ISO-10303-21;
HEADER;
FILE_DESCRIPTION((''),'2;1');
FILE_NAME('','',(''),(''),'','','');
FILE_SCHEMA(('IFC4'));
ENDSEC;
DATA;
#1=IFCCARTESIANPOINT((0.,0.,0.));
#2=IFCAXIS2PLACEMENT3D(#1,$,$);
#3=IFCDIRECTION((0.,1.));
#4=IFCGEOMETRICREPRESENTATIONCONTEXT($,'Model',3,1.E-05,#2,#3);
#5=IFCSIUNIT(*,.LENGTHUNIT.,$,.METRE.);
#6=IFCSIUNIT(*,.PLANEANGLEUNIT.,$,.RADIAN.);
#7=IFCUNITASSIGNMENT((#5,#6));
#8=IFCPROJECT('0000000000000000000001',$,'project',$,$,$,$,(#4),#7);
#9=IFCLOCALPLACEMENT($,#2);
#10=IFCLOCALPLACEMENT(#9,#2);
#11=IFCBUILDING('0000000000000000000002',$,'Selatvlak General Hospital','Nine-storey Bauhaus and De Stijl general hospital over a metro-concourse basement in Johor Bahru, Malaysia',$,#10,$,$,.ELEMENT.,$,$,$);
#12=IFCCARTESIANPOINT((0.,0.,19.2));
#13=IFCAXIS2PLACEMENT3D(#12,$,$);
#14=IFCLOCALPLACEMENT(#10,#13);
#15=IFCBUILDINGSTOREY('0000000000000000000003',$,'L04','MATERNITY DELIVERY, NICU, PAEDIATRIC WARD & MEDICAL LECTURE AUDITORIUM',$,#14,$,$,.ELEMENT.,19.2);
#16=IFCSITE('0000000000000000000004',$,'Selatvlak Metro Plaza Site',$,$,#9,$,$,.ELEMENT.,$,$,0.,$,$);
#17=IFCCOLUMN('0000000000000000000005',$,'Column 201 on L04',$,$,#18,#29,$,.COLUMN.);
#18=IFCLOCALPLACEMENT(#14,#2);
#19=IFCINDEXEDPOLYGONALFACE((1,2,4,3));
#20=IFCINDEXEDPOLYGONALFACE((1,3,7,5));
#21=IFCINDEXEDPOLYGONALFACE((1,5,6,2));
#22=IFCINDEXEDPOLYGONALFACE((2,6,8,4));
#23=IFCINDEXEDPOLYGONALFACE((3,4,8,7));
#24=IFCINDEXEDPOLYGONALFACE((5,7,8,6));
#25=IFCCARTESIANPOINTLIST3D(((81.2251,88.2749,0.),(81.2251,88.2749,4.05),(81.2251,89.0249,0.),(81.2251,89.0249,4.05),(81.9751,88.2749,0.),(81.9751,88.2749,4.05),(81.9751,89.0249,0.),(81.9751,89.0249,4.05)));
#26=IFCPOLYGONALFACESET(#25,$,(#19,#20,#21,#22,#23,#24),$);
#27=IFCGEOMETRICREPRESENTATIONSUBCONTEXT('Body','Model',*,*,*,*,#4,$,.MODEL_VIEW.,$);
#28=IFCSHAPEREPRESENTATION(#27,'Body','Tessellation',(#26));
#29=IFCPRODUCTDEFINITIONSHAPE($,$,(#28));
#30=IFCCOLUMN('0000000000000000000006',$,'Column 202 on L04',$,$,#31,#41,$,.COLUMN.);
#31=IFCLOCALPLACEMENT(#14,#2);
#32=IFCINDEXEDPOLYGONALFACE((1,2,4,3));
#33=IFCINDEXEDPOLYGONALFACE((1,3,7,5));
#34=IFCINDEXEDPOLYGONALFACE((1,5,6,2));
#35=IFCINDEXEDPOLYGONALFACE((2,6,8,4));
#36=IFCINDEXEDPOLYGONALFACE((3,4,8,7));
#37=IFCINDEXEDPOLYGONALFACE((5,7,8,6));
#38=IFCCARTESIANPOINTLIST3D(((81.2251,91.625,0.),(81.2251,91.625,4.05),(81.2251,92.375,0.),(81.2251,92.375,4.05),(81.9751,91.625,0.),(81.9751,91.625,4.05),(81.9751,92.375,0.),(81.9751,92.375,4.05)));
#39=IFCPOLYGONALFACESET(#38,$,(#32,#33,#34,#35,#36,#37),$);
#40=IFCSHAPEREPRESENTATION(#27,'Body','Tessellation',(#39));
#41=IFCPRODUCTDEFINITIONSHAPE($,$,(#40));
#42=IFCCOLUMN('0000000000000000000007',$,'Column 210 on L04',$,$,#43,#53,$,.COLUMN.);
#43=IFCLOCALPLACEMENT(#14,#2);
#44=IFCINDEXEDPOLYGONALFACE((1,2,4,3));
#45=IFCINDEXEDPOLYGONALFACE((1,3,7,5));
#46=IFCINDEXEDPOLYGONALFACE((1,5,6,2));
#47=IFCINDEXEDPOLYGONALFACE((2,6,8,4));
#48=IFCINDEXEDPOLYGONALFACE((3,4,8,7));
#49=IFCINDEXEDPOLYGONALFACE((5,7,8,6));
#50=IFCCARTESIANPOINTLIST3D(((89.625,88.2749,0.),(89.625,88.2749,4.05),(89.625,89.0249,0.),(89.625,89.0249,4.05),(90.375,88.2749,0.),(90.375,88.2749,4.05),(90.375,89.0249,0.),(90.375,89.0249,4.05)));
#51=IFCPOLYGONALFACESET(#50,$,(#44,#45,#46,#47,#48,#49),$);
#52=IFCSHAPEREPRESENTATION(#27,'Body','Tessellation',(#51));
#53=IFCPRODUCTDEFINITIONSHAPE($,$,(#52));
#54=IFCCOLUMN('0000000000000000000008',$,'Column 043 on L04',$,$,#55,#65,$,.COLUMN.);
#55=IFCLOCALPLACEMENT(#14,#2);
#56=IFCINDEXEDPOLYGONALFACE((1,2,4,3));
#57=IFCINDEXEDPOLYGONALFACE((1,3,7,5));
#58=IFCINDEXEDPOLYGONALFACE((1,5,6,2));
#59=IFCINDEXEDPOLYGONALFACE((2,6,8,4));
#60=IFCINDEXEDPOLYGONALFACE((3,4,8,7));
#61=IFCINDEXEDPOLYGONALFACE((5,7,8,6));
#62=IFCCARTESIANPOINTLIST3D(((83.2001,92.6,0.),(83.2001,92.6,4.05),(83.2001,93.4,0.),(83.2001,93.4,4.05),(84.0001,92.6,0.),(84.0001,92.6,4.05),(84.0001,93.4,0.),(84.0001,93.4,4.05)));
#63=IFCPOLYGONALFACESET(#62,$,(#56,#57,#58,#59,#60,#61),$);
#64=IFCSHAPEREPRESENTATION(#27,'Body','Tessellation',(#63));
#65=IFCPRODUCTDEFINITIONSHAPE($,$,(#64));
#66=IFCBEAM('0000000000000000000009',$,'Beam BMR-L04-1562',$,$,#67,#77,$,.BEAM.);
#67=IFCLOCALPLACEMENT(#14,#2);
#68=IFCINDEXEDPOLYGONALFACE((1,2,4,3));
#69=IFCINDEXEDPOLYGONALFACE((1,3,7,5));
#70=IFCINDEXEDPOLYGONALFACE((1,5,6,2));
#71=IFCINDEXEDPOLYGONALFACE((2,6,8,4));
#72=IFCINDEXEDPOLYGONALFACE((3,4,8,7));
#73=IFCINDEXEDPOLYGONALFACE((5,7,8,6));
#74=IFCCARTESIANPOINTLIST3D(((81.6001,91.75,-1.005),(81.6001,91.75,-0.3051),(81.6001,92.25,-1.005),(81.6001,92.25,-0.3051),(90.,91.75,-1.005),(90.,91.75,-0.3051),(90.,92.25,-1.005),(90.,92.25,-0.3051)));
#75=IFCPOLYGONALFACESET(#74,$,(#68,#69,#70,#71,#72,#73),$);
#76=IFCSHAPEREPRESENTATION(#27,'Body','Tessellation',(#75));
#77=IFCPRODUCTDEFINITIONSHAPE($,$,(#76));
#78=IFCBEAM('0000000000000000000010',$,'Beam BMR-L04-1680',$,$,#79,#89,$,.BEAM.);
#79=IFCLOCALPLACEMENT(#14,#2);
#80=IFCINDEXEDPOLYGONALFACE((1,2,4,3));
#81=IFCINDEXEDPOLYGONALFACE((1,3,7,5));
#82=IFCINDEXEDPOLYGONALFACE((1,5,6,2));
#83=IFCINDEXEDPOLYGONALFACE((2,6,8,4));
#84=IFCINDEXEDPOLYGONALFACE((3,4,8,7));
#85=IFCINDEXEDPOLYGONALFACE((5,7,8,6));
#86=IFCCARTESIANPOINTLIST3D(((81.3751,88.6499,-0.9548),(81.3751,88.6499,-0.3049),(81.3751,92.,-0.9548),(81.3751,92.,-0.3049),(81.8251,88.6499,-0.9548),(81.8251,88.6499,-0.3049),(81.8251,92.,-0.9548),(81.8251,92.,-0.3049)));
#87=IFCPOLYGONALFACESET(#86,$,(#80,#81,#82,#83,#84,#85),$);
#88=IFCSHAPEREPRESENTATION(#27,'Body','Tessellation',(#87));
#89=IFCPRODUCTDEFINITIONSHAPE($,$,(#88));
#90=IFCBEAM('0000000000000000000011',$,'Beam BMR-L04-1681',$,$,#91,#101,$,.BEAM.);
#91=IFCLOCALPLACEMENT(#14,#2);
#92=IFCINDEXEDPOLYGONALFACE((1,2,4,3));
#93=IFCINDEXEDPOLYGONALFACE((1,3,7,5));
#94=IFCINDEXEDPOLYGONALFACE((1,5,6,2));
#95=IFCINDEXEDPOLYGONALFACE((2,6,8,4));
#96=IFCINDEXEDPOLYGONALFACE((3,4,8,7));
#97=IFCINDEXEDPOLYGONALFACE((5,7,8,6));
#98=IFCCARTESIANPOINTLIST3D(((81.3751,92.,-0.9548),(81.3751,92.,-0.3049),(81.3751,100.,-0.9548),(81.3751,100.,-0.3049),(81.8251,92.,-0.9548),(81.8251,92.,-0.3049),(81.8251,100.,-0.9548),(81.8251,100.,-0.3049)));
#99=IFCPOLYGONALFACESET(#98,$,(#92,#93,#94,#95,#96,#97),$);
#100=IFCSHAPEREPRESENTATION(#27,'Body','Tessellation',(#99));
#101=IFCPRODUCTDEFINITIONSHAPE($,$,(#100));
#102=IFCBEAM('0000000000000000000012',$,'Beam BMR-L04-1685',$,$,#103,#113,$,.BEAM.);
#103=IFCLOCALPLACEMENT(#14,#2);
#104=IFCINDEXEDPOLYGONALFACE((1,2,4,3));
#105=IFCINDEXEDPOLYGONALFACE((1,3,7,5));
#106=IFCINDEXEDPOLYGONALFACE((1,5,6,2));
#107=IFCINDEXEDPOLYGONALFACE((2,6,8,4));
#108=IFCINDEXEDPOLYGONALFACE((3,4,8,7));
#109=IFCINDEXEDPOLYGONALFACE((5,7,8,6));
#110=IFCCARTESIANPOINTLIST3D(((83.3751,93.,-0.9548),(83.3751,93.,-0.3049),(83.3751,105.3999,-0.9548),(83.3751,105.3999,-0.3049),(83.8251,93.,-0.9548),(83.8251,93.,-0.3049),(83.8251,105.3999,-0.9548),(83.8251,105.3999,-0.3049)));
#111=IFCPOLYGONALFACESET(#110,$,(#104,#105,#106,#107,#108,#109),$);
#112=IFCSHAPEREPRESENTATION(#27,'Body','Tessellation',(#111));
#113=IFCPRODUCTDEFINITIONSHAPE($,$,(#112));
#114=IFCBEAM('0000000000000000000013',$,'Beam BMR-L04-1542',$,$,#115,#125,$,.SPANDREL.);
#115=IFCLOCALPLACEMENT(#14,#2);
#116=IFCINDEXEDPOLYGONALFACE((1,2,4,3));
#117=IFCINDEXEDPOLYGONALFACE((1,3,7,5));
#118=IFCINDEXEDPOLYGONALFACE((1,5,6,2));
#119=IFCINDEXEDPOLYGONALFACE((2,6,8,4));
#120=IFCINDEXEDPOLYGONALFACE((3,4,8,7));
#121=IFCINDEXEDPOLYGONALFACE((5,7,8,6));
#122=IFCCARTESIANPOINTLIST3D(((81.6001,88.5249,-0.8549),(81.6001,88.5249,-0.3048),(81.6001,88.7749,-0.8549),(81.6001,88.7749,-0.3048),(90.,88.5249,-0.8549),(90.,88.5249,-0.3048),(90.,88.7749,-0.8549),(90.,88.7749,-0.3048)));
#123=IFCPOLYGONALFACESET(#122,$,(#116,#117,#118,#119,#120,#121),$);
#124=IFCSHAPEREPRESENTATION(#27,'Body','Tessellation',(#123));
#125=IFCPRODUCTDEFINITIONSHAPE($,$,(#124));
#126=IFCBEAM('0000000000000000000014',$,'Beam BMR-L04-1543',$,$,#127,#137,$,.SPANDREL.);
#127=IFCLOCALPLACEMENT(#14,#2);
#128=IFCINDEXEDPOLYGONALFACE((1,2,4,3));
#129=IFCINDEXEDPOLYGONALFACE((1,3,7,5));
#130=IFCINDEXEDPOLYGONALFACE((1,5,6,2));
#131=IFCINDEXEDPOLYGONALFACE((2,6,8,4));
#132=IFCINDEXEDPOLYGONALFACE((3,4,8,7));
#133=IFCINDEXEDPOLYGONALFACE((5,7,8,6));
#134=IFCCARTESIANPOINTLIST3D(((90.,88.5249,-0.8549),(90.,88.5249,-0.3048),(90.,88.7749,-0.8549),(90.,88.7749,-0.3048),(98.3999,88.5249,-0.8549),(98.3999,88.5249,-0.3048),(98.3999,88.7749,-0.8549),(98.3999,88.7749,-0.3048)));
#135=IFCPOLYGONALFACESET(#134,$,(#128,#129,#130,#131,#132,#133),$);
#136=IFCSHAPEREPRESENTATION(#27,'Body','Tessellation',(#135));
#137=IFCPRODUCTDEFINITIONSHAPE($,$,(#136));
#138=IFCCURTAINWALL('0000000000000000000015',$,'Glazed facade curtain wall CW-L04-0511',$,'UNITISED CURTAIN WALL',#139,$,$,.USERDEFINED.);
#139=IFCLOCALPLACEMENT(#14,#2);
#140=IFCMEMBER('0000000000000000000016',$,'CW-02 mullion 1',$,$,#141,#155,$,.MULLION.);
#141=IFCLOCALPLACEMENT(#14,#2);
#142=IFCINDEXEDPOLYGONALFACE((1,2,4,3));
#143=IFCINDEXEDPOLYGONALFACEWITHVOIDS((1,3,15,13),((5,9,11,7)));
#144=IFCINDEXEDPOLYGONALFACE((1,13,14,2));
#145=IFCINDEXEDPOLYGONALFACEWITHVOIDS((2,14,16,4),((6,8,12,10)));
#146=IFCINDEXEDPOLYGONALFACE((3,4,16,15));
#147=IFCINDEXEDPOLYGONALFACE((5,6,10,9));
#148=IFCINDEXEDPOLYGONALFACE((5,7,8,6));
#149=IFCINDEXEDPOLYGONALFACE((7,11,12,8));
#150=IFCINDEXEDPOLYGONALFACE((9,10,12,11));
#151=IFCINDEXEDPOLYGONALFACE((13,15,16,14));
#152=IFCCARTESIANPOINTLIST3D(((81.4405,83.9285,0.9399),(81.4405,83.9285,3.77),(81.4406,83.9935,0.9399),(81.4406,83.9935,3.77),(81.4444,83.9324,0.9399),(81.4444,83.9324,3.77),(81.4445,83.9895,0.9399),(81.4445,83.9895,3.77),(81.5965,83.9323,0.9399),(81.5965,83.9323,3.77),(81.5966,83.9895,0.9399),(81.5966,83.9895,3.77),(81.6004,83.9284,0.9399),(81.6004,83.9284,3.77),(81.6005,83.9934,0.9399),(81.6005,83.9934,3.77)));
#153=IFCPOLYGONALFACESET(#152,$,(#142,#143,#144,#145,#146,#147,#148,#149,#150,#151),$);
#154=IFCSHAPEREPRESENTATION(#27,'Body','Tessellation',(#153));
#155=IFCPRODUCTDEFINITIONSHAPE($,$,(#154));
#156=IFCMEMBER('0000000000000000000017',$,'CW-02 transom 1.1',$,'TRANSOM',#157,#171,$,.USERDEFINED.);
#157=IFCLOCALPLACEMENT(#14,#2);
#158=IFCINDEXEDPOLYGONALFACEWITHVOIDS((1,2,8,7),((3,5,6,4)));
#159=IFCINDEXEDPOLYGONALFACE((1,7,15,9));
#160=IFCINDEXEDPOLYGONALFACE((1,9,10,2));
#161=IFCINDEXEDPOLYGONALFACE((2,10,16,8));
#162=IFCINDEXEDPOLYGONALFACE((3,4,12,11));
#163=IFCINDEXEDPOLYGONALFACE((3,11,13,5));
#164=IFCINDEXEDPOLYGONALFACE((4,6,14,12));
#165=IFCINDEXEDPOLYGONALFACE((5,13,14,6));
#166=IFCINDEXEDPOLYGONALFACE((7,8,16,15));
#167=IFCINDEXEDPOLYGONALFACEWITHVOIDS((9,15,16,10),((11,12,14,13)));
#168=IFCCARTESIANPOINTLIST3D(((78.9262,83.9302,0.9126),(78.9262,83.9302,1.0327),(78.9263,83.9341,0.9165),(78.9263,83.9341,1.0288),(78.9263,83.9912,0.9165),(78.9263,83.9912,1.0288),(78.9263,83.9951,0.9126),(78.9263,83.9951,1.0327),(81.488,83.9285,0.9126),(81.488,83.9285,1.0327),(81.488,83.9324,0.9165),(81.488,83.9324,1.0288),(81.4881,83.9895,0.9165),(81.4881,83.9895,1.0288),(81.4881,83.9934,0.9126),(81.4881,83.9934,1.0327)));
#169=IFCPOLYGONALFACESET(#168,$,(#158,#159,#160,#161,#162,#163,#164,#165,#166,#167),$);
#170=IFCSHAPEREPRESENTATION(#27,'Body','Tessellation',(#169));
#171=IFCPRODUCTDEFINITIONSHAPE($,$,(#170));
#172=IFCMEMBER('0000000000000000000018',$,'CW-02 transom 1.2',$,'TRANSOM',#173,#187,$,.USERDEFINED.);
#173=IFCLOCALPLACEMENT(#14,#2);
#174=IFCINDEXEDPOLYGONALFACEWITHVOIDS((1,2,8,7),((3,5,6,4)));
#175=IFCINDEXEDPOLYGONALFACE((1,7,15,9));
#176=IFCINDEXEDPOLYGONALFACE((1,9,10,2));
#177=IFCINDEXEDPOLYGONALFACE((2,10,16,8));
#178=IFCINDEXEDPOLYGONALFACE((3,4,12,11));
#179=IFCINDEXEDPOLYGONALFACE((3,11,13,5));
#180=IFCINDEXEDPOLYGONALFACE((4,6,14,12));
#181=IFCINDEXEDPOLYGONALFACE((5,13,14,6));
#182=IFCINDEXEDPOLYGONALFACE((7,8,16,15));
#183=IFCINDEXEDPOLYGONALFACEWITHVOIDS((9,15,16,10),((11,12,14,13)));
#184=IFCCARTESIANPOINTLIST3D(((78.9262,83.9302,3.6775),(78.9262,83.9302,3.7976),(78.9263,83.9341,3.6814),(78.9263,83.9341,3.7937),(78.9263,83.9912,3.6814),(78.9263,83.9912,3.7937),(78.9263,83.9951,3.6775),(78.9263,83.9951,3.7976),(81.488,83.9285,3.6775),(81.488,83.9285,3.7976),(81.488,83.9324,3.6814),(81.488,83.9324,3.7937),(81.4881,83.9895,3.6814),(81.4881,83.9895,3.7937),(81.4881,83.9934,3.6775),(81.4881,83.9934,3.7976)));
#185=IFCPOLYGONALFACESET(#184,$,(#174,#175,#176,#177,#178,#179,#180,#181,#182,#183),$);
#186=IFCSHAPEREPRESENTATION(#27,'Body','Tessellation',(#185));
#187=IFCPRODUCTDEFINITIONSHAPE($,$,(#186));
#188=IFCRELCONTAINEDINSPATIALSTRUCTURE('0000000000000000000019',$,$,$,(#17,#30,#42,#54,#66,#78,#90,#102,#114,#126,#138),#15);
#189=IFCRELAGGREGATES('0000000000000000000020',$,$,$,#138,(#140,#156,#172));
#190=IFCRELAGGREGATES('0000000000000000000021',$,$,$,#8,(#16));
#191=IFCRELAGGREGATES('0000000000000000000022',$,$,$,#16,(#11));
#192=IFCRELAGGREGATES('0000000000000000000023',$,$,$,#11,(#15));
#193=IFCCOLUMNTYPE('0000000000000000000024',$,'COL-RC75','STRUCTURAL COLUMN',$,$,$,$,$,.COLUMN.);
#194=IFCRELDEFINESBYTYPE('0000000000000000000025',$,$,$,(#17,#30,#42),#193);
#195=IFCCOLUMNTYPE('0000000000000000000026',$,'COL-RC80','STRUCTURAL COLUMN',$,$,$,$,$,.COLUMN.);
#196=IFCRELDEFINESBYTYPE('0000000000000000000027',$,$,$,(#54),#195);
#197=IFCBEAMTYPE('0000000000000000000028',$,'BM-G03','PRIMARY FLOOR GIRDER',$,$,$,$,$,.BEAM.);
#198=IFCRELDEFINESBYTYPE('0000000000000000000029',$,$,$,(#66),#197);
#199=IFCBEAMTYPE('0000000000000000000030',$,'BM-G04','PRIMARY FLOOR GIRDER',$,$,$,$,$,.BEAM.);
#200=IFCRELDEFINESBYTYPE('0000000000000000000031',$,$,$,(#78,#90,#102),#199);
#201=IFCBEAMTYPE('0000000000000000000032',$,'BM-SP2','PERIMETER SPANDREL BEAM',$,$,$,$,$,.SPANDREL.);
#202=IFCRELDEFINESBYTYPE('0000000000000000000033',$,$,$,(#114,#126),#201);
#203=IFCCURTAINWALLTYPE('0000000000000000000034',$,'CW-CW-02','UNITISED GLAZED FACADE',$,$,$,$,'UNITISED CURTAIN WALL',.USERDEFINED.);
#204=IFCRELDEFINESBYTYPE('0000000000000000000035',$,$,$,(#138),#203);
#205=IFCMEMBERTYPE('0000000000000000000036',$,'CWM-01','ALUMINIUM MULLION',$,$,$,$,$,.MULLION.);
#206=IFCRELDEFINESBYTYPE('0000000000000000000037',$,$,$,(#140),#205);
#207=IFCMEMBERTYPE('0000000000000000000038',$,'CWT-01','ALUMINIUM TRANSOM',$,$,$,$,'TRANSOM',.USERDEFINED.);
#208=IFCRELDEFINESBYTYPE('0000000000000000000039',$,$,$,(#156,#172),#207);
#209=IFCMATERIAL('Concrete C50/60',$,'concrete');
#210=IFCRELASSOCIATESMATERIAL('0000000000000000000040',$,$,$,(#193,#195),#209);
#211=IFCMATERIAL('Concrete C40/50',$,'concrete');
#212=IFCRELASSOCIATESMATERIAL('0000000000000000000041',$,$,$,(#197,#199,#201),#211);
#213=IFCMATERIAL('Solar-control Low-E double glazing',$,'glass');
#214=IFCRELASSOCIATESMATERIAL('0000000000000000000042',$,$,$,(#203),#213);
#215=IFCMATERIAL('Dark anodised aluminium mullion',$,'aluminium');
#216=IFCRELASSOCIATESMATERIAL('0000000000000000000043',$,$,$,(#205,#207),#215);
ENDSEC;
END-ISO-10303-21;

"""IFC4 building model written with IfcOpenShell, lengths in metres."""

from ifc_helpers import new_model, si_unit, direction, frame, origin, origin_2d, place, context, subcontext, project, spatial, rectangle, hollow_rectangle, extrude, material, material_profile, profile_set, type_object, element, aggregate, save


model = new_model("IFC4")

# Units and contexts
model_context = context("Model", 3, precision=1e-05, world=origin(), true_north=direction((0.0, 1.0)))
body_context = subcontext(model_context, "Body", "Model", "MODEL_VIEW")
ifc_project = project(units=[si_unit("LENGTHUNIT", "METRE"), si_unit("PLANEANGLEUNIT", "RADIAN")], contexts=[model_context])

# Site, building, storey
site_placement = place(None, origin())
site = spatial("IfcSite", under=ifc_project, at=site_placement, Name="Selatvlak Metro Plaza Site", CompositionType="ELEMENT", RefElevation=0.0)
building_placement = place(site_placement, origin())
building = spatial("IfcBuilding", under=site, at=building_placement, Name="Selatvlak General Hospital", Description="Nine-storey Bauhaus and De Stijl general hospital over a metro-concourse basement in Johor Bahru, Malaysia", CompositionType="ELEMENT")
storey_placement = place(building_placement, frame((0.0, 0.0, 19.2)))
storey = spatial("IfcBuildingStorey", under=building, at=storey_placement, Name="L04", Description="MATERNITY DELIVERY, NICU, PAEDIATRIC WARD & MEDICAL LECTURE AUDITORIUM", CompositionType="ELEMENT", Elevation=19.2)

# Columns
ifc_material_1 = material(Name="Concrete C50/60", Category="concrete")
ifc_material_profile_1 = material_profile(ifc_material_1, rectangle(XDim=0.75, YDim=0.75, at=origin_2d()), Name="RC-COL 750x750")
ifc_profile_set_1 = profile_set([ifc_material_profile_1], Name="Concrete C50/60")
column_type_1 = type_object("IfcColumnType", Name="COL-RC75", Description="STRUCTURAL COLUMN", PredefinedType="COLUMN", material=ifc_profile_set_1)
for number, where, z_axis, x_axis, name in (
    (1, (81.6001, 88.6499, 0.0), (0.0, 0.0, 1.0), (1.0, 0.0, 0.0), "Column 201 on L04"),
    (2, (81.6001, 92.0, 0.0), (0.0, 0.0, 1.0), (1.0, 0.0, 0.0), "Column 202 on L04"),
    (3, (90.0, 88.6499, 0.0), (0.0, 0.0, 1.0), (1.0, 0.0, 0.0), "Column 210 on L04"),
):
    element("IfcColumn", number, at=place(storey_placement, frame(where, z_axis=z_axis, x_axis=x_axis)), inside=storey, type_object=column_type_1, Name=name, PredefinedType="COLUMN", context=body_context, shape_type="SweptSolid", body=[
        extrude(rectangle(XDim=0.75, YDim=0.75, at=origin_2d()), origin(), (0.0, 0.0, 1.0), 4.05),
    ])
ifc_material_profile_2 = material_profile(ifc_material_1, rectangle(XDim=0.8, YDim=0.8, at=origin_2d()), Name="RC-COL 800x800")
ifc_profile_set_2 = profile_set([ifc_material_profile_2], Name="Concrete C50/60")
column_type_2 = type_object("IfcColumnType", Name="COL-RC80", Description="STRUCTURAL COLUMN", PredefinedType="COLUMN", material=ifc_profile_set_2)
column_placement = place(storey_placement, frame((83.6001, 93.0, 0.0), z_axis=(0.0, 0.0, 1.0), x_axis=(1.0, 0.0, 0.0)))
element("IfcColumn", 4, at=column_placement, inside=storey, type_object=column_type_2, Name="Column 043 on L04", PredefinedType="COLUMN", context=body_context, shape_type="SweptSolid", body=[
    extrude(rectangle(XDim=0.8, YDim=0.8, at=origin_2d()), origin(), (0.0, 0.0, 1.0), 4.05),
])

# Beams
ifc_material_2 = material(Name="Concrete C40/50", Category="concrete")
ifc_material_profile_3 = material_profile(ifc_material_2, rectangle(XDim=0.5, YDim=0.7, at=origin_2d()), Name="RC-BM 500x700")
ifc_profile_set_3 = profile_set([ifc_material_profile_3], Name="Concrete C40/50")
beam_type_1 = type_object("IfcBeamType", Name="BM-G03", Description="PRIMARY FLOOR GIRDER", PredefinedType="BEAM", material=ifc_profile_set_3)
beam_1_placement = place(storey_placement, frame((81.6001, 92.0, -0.655), z_axis=(1.0, 0.0, 0.0), x_axis=(0.0, 1.0, 0.0)))
element("IfcBeam", 5, at=beam_1_placement, inside=storey, type_object=beam_type_1, Name="Beam BMR-L04-1562", PredefinedType="BEAM", context=body_context, shape_type="SweptSolid", body=[
    extrude(rectangle(XDim=0.5, YDim=0.7, at=origin_2d()), origin(), (0.0, 0.0, 1.0), 8.3999),
])
ifc_material_profile_4 = material_profile(ifc_material_2, rectangle(XDim=0.45, YDim=0.6499, at=origin_2d()), Name="RC-BM 450x650")
ifc_profile_set_4 = profile_set([ifc_material_profile_4], Name="Concrete C40/50")
beam_type_2 = type_object("IfcBeamType", Name="BM-G04", Description="PRIMARY FLOOR GIRDER", PredefinedType="BEAM", material=ifc_profile_set_4)
beam_2_placement = place(storey_placement, frame((81.6001, 88.6499, -0.6299), z_axis=(0.0, 1.0, 0.0), x_axis=(-1.0, 0.0, 0.0)))
element("IfcBeam", 6, at=beam_2_placement, inside=storey, type_object=beam_type_2, Name="Beam BMR-L04-1680", PredefinedType="BEAM", context=body_context, shape_type="SweptSolid", body=[
    extrude(rectangle(XDim=0.45, YDim=0.6499, at=origin_2d()), origin(), (0.0, 0.0, 1.0), 3.3501),
])
beam_3_placement = place(storey_placement, frame((81.6001, 92.0, -0.6299), z_axis=(0.0, 1.0, 0.0), x_axis=(-1.0, 0.0, 0.0)))
element("IfcBeam", 7, at=beam_3_placement, inside=storey, type_object=beam_type_2, Name="Beam BMR-L04-1681", PredefinedType="BEAM", context=body_context, shape_type="SweptSolid", body=[
    extrude(rectangle(XDim=0.45, YDim=0.6499, at=origin_2d()), origin(), (0.0, 0.0, 1.0), 8.0),
])
beam_4_placement = place(storey_placement, frame((83.6001, 93.0, -0.6299), z_axis=(0.0, 1.0, 0.0), x_axis=(-1.0, 0.0, 0.0)))
element("IfcBeam", 8, at=beam_4_placement, inside=storey, type_object=beam_type_2, Name="Beam BMR-L04-1685", PredefinedType="BEAM", context=body_context, shape_type="SweptSolid", body=[
    extrude(rectangle(XDim=0.45, YDim=0.6499, at=origin_2d()), origin(), (0.0, 0.0, 1.0), 12.3999),
])
ifc_material_profile_5 = material_profile(ifc_material_2, rectangle(XDim=0.25, YDim=0.55, at=origin_2d()), Name="RC-SP 250x550")
ifc_profile_set_5 = profile_set([ifc_material_profile_5], Name="Concrete C40/50")
beam_type_3 = type_object("IfcBeamType", Name="BM-SP2", Description="PERIMETER SPANDREL BEAM", PredefinedType="SPANDREL", material=ifc_profile_set_5)
for number, where, z_axis, x_axis, name in (
    (9, (81.6001, 88.6499, -0.5798), (1.0, 0.0, 0.0), (0.0, 1.0, 0.0), "Beam BMR-L04-1542"),
    (10, (90.0, 88.6499, -0.5798), (1.0, 0.0, 0.0), (0.0, 1.0, 0.0), "Beam BMR-L04-1543"),
):
    element("IfcBeam", number, at=place(storey_placement, frame(where, z_axis=z_axis, x_axis=x_axis)), inside=storey, type_object=beam_type_3, Name=name, PredefinedType="SPANDREL", context=body_context, shape_type="SweptSolid", body=[
        extrude(rectangle(XDim=0.25, YDim=0.55, at=origin_2d()), origin(), (0.0, 0.0, 1.0), 8.3999),
    ])

# Curtain wall, members
ifc_material_3 = material(Name="Solar-control Low-E double glazing", Category="glass")
curtain_wall_type = type_object("IfcCurtainWallType", Name="CW-CW-02", Description="UNITISED GLAZED FACADE", ElementType="UNITISED CURTAIN WALL", PredefinedType="USERDEFINED", material=ifc_material_3)
curtain_wall_placement = place(storey_placement, origin())
curtain_wall = element("IfcCurtainWall", 11, at=curtain_wall_placement, inside=storey, type_object=curtain_wall_type, Name="Glazed facade curtain wall CW-L04-0511", ObjectType="UNITISED CURTAIN WALL", PredefinedType="USERDEFINED")
ifc_material_4 = material(Name="Dark anodised aluminium mullion", Category="aluminium")
ifc_material_profile_6 = material_profile(ifc_material_4, hollow_rectangle(XDim=0.0649, YDim=0.1599, WallThickness=0.0039, at=origin_2d()), Name="AL-MUL 65x160x4")
ifc_profile_set_6 = profile_set([ifc_material_profile_6], Name="Dark anodised aluminium mullion")
member_type_1 = type_object("IfcMemberType", Name="CWM-01", Description="ALUMINIUM MULLION", PredefinedType="MULLION", material=ifc_profile_set_6)
member_1_placement = place(storey_placement, frame((81.5205, 83.9609, 0.9399), z_axis=(0.0, 0.0, 1.0), x_axis=(-0.000627, -1.0, 0.0)))
member_1 = element("IfcMember", 12, at=member_1_placement, type_object=member_type_1, Name="CW-02 mullion 1", PredefinedType="MULLION", context=body_context, shape_type="SweptSolid", body=[
    extrude(hollow_rectangle(XDim=0.0649, YDim=0.1599, WallThickness=0.0039, at=origin_2d()), origin(), (0.0, 0.0, 1.0), 2.8301),
])
ifc_material_profile_7 = material_profile(ifc_material_4, hollow_rectangle(XDim=0.0649, YDim=0.1201, WallThickness=0.0039, at=origin_2d()), Name="AL-TRN 65x120x4")
ifc_profile_set_7 = profile_set([ifc_material_profile_7], Name="Dark anodised aluminium mullion")
member_type_2 = type_object("IfcMemberType", Name="CWT-01", Description="ALUMINIUM TRANSOM", ElementType="TRANSOM", PredefinedType="USERDEFINED", material=ifc_profile_set_7)
member_2_placement = place(storey_placement, frame((81.488, 83.9609, 0.9727), z_axis=(-1.0, 0.000667, 0.0), x_axis=(-0.000667, -1.0, 0.0)))
member_2 = element("IfcMember", 13, at=member_2_placement, type_object=member_type_2, Name="CW-02 transom 1.1", ObjectType="TRANSOM", PredefinedType="USERDEFINED", context=body_context, shape_type="SweptSolid", body=[
    extrude(hollow_rectangle(XDim=0.0649, YDim=0.1201, WallThickness=0.0039, at=origin_2d()), origin(), (0.0, 0.0, 1.0), 2.5618),
])
member_3_placement = place(storey_placement, frame((81.488, 83.9609, 3.7375), z_axis=(-1.0, 0.000667, 0.0), x_axis=(-0.000667, -1.0, 0.0)))
member_3 = element("IfcMember", 14, at=member_3_placement, type_object=member_type_2, Name="CW-02 transom 1.2", ObjectType="TRANSOM", PredefinedType="USERDEFINED", context=body_context, shape_type="SweptSolid", body=[
    extrude(hollow_rectangle(XDim=0.0649, YDim=0.1201, WallThickness=0.0039, at=origin_2d()), origin(), (0.0, 0.0, 1.0), 2.5618),
])
aggregate(curtain_wall, [member_1, member_2, member_3])

save(model, "model.ifc")
